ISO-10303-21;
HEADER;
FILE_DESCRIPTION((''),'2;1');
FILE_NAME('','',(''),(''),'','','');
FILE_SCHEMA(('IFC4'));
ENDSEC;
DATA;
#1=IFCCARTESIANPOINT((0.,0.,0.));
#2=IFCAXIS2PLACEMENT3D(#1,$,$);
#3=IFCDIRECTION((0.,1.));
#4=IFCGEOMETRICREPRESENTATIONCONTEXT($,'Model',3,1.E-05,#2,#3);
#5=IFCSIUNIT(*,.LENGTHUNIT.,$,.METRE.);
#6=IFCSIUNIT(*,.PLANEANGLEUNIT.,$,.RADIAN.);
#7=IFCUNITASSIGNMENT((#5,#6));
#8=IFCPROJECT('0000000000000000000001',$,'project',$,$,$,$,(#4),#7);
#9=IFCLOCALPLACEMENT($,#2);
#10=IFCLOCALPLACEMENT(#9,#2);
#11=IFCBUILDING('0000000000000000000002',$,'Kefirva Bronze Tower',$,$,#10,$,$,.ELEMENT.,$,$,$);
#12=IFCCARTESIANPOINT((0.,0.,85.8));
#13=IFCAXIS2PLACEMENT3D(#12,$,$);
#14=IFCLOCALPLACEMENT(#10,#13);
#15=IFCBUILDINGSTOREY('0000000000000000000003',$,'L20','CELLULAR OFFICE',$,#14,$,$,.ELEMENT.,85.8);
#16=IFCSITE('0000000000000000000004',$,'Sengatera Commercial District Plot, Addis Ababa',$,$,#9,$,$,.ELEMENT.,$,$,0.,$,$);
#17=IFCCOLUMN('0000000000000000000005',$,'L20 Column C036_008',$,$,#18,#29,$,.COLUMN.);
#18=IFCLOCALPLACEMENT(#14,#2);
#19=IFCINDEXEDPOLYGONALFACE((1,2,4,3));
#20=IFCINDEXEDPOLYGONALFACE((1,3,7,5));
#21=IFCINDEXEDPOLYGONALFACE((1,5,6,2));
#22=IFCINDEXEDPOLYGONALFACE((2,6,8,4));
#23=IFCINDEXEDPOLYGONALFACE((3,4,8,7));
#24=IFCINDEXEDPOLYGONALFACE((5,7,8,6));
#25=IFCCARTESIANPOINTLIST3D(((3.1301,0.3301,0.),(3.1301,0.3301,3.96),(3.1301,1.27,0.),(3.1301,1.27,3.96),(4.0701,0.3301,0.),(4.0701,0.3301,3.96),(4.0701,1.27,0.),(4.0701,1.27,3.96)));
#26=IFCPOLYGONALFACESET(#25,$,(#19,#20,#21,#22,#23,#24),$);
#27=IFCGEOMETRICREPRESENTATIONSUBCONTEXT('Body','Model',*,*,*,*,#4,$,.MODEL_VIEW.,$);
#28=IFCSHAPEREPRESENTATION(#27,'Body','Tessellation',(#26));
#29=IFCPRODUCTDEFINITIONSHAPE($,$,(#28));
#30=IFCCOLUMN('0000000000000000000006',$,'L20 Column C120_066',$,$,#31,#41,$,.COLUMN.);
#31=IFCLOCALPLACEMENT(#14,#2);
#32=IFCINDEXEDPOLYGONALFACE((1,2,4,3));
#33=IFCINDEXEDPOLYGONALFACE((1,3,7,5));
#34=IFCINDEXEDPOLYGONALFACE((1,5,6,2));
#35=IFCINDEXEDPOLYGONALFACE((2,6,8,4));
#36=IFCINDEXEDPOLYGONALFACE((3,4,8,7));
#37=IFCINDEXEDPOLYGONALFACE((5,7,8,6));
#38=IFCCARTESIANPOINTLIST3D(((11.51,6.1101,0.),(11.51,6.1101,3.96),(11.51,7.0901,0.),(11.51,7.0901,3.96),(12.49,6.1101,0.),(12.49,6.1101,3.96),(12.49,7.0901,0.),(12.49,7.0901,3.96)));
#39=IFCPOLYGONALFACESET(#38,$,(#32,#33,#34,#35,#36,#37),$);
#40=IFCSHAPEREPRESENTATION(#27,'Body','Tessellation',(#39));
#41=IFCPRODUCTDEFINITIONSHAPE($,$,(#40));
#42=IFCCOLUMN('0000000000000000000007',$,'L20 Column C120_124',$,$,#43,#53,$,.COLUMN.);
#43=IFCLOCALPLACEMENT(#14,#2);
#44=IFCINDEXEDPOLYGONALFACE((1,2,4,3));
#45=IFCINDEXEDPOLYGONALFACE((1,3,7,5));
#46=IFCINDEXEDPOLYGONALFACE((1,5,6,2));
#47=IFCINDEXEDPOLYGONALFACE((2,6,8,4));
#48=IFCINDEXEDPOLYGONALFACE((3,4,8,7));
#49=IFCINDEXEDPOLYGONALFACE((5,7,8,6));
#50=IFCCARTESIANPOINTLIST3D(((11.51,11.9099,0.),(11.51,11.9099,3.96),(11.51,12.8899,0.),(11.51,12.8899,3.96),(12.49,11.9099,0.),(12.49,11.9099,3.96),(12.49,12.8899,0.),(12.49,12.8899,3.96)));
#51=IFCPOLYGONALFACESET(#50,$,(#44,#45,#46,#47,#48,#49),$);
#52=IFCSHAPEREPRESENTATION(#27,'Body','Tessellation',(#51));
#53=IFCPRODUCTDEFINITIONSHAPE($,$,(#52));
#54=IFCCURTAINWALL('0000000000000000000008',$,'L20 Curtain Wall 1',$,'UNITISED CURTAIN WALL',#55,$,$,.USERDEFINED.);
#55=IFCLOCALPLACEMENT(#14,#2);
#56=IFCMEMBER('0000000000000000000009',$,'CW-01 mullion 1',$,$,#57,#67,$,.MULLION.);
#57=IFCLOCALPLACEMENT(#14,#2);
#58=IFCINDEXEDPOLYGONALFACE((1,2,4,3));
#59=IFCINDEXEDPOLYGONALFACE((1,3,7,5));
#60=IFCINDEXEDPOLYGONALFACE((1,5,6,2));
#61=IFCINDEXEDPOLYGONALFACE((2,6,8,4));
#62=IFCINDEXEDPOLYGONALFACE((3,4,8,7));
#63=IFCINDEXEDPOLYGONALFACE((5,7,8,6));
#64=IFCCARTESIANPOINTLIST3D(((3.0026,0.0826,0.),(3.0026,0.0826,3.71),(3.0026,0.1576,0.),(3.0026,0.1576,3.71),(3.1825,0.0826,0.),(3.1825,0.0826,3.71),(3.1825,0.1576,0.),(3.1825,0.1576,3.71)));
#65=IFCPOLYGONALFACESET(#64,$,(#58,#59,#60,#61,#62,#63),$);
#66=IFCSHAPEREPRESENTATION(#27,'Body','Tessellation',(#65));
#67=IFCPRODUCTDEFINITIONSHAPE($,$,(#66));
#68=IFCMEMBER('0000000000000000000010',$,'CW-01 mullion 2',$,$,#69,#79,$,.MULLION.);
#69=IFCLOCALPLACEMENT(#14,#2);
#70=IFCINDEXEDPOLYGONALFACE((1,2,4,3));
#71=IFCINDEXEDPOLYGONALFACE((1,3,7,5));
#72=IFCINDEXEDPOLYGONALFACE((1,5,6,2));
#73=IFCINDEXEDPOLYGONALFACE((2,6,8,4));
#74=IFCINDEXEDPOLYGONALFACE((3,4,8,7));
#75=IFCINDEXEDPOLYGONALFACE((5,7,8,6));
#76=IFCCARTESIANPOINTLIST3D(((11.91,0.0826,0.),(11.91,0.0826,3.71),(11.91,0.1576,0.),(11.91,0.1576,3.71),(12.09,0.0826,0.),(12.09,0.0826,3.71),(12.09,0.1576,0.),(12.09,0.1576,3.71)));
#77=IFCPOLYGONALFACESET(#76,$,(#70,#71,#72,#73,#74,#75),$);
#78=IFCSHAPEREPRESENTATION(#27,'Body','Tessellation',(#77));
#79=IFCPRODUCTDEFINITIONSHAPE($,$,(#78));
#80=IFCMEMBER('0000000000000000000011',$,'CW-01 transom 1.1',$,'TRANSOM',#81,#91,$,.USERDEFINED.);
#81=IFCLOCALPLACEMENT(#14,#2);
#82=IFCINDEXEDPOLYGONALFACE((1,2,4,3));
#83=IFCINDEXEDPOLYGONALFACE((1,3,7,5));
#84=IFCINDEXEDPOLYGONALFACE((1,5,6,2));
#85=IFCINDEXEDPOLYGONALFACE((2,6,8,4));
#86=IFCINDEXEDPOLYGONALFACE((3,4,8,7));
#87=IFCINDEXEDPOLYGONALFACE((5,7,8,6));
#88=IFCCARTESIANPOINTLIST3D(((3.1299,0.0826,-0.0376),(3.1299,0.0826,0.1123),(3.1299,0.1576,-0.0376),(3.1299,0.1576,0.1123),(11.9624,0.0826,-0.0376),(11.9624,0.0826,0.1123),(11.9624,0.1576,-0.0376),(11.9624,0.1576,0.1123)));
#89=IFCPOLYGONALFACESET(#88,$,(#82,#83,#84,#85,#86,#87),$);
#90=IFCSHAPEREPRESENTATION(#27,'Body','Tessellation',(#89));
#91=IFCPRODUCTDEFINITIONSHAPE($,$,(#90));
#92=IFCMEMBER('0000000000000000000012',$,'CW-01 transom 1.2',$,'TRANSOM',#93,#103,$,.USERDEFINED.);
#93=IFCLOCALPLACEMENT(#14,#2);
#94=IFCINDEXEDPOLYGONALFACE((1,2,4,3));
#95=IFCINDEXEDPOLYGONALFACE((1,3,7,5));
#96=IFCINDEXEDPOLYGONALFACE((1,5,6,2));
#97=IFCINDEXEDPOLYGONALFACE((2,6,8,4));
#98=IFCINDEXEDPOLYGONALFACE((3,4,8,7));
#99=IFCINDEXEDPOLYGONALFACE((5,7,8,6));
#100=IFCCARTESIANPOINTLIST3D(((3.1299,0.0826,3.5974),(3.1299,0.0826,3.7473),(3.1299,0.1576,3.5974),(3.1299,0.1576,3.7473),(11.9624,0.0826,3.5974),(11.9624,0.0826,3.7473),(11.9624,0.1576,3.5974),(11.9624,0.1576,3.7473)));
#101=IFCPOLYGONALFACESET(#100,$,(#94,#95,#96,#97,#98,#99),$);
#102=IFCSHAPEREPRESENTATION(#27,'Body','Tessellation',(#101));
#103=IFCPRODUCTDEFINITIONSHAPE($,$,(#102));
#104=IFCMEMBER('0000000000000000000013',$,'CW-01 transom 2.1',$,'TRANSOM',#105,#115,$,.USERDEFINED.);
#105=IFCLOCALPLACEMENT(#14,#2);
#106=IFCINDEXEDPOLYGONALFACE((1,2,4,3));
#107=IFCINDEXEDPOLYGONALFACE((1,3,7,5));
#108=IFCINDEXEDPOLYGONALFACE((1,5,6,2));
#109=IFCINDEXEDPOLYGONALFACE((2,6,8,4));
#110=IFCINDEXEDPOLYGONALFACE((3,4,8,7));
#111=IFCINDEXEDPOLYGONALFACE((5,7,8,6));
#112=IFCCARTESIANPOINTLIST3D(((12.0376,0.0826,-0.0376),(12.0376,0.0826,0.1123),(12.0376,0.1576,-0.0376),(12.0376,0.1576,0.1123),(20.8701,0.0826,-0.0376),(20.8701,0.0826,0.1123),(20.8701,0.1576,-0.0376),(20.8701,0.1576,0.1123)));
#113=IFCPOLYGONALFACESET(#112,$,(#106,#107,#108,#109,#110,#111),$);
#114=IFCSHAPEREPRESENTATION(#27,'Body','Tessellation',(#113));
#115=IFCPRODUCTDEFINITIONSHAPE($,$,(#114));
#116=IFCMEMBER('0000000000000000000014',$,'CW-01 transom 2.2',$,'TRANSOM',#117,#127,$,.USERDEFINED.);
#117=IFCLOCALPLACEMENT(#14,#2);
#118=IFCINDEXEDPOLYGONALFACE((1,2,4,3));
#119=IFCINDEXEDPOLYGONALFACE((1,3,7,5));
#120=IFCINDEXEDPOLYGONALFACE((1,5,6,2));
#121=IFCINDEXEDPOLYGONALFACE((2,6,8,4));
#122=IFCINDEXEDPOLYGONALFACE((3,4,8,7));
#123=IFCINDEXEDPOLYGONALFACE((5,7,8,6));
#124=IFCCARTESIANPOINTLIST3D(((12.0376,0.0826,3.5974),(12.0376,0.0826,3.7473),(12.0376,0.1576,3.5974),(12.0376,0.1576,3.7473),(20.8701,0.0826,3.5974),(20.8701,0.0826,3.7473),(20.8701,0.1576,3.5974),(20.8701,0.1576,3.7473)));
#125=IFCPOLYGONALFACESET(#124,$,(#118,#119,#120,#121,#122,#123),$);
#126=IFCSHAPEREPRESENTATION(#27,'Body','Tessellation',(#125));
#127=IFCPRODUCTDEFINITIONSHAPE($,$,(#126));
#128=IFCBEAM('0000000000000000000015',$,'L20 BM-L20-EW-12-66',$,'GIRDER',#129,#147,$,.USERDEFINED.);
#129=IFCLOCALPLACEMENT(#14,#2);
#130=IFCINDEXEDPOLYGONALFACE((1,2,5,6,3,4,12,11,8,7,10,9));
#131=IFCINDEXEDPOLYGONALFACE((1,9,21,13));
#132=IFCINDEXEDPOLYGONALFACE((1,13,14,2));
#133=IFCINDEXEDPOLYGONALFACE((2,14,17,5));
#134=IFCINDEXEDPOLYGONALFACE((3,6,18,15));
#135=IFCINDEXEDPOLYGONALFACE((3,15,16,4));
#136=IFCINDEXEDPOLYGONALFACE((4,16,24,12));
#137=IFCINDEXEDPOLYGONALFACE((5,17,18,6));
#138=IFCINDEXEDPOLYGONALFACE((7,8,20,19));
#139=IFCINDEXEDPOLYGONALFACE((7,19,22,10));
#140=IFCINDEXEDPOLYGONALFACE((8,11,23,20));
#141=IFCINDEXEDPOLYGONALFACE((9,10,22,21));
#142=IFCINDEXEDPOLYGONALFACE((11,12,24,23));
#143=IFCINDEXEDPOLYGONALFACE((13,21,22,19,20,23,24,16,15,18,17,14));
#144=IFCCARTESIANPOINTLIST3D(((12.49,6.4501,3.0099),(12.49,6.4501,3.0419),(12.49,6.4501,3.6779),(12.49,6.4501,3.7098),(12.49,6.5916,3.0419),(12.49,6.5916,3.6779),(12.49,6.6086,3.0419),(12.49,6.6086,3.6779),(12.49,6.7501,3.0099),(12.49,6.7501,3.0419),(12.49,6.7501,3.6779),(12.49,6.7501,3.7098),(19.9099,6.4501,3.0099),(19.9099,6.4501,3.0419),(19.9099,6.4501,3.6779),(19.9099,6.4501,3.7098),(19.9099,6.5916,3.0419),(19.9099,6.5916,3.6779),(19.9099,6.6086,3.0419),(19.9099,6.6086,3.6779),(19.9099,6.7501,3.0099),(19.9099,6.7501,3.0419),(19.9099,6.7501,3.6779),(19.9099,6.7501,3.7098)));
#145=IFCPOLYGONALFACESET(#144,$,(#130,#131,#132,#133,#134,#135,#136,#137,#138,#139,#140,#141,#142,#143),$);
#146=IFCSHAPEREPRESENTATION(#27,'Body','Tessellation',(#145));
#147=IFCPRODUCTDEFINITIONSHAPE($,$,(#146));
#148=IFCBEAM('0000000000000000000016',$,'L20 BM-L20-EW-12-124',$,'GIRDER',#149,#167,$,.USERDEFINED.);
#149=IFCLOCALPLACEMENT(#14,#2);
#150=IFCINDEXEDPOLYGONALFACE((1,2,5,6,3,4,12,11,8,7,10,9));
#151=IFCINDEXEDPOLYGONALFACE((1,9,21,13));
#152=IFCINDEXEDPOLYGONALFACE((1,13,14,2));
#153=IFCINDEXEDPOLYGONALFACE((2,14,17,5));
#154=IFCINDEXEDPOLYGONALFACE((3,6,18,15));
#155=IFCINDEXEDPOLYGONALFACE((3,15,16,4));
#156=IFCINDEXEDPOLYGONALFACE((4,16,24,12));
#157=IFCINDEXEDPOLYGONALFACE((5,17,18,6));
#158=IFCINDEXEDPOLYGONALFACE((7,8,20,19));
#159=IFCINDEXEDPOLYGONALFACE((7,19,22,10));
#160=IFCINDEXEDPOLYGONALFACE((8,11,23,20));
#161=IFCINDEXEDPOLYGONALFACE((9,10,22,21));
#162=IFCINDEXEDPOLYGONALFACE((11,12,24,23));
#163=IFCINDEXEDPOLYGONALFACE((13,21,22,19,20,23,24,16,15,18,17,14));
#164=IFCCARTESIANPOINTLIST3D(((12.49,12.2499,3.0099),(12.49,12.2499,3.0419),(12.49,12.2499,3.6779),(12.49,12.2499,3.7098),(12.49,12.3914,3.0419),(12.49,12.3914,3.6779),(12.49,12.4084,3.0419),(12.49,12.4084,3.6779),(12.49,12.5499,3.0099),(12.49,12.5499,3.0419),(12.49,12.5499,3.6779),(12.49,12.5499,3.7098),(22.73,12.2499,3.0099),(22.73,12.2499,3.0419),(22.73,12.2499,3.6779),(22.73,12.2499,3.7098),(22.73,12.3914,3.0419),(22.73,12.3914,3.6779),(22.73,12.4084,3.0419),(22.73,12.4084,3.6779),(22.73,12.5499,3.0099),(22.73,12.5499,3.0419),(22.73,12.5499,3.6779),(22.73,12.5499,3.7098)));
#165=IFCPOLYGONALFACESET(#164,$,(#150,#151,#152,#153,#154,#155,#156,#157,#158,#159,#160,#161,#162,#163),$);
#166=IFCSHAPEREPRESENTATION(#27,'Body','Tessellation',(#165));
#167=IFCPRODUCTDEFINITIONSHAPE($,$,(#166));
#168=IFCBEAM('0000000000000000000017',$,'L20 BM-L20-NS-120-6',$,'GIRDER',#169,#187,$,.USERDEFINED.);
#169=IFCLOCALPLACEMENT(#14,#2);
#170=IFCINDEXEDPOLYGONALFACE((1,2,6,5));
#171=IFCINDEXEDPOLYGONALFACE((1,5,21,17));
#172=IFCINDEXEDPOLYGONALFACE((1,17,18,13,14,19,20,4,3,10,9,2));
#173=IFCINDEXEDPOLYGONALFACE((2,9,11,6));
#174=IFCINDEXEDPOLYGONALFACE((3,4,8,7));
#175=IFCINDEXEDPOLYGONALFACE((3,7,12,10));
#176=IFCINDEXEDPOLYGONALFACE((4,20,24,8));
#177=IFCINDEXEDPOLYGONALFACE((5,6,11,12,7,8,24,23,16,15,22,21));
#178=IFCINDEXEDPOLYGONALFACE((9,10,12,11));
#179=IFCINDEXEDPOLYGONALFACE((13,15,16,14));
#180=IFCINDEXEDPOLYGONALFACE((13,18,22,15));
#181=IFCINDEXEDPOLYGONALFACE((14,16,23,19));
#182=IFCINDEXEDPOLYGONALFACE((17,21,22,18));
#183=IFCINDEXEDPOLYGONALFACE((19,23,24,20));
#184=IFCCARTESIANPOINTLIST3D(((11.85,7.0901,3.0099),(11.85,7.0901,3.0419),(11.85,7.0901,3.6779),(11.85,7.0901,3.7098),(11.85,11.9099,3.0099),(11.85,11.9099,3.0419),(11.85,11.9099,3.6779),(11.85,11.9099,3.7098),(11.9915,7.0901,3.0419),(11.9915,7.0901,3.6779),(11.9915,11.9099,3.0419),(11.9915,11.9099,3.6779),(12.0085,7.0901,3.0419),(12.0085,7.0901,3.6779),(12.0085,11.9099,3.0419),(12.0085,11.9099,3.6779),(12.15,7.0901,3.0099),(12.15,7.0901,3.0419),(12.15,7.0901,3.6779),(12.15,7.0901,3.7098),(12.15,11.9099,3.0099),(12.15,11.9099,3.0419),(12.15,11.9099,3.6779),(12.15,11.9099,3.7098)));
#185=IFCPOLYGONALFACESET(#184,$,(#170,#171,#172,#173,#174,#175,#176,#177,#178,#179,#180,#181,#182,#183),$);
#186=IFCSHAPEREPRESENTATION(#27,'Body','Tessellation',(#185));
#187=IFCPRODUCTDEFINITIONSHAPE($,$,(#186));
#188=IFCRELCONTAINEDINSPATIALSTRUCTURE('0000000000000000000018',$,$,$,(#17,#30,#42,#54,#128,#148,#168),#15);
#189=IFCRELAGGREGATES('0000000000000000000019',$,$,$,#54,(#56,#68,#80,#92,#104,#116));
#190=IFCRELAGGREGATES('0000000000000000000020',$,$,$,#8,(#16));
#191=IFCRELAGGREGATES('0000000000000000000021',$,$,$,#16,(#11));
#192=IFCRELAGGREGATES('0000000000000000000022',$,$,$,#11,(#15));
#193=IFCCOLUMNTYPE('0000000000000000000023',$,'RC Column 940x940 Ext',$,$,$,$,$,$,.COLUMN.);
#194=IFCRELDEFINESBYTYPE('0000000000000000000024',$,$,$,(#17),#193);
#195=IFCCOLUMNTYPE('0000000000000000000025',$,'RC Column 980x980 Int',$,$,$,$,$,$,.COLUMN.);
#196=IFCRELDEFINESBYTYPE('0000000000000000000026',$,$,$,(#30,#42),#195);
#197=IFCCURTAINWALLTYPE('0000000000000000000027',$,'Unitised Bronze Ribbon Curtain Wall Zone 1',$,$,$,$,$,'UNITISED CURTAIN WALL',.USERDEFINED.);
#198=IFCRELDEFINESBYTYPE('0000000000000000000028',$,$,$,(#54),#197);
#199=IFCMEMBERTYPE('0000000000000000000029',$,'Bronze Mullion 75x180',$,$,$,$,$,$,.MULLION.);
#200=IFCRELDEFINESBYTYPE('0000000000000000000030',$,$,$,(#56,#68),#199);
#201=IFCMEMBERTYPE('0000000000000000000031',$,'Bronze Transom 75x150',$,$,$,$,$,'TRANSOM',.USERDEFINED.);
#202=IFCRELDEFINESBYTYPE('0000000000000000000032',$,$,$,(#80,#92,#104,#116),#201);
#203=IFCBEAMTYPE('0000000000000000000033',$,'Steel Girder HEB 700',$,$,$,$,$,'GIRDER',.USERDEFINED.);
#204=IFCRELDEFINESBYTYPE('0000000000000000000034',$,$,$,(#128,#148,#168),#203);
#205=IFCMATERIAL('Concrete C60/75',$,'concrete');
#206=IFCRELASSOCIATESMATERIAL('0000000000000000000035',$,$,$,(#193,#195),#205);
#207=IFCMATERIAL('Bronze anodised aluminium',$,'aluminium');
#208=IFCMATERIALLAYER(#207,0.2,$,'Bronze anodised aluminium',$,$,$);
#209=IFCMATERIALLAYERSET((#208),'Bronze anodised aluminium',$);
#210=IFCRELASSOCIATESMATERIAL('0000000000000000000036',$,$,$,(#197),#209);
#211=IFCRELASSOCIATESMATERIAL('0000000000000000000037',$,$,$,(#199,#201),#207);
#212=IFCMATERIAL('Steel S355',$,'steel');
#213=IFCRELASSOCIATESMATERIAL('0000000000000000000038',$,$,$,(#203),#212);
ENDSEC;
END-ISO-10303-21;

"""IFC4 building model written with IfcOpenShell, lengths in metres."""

from ifc_helpers import new_model, si_unit, direction, frame, origin, origin_2d, place, context, subcontext, project, spatial, rectangle, i_section, extrude, material, layer, layer_set, material_profile, profile_set, type_object, element, aggregate, save


model = new_model("IFC4")

# Units and contexts
model_context = context("Model", 3, precision=1e-05, world=origin(), true_north=direction((0.0, 1.0)))
body_context = subcontext(model_context, "Body", "Model", "MODEL_VIEW")
ifc_project = project(units=[si_unit("LENGTHUNIT", "METRE"), si_unit("PLANEANGLEUNIT", "RADIAN")], contexts=[model_context])

# Site, building, storey
site_placement = place(None, origin())
site = spatial("IfcSite", under=ifc_project, at=site_placement, Name="Sengatera Commercial District Plot, Addis Ababa", CompositionType="ELEMENT", RefElevation=0.0)
building_placement = place(site_placement, origin())
building = spatial("IfcBuilding", under=site, at=building_placement, Name="Kefirva Bronze Tower", CompositionType="ELEMENT")
storey_placement = place(building_placement, frame((0.0, 0.0, 85.8)))
storey = spatial("IfcBuildingStorey", under=building, at=storey_placement, Name="L20", Description="CELLULAR OFFICE", CompositionType="ELEMENT", Elevation=85.8)

# Columns
ifc_material_1 = material(Name="Concrete C60/75", Category="concrete")
ifc_material_profile_1 = material_profile(ifc_material_1, rectangle(XDim=0.9399, YDim=0.9399, at=origin_2d()), Name="RC 940x940")
ifc_profile_set_1 = profile_set([ifc_material_profile_1], Name="Concrete C60/75")
column_type_1 = type_object("IfcColumnType", Name="RC Column 940x940 Ext", PredefinedType="COLUMN", material=ifc_profile_set_1)
column_placement = place(storey_placement, frame((3.6001, 0.8, 0.0), z_axis=(0.0, 0.0, 1.0), x_axis=(1.0, 0.0, 0.0)))
element("IfcColumn", 1, at=column_placement, inside=storey, type_object=column_type_1, Name="L20 Column C036_008", PredefinedType="COLUMN", context=body_context, shape_type="SweptSolid", body=[
    extrude(rectangle(XDim=0.9399, YDim=0.9399, at=origin_2d()), origin(), (0.0, 0.0, 1.0), 3.96),
])
ifc_material_profile_2 = material_profile(ifc_material_1, rectangle(XDim=0.98, YDim=0.98, at=origin_2d()), Name="RC 980x980")
ifc_profile_set_2 = profile_set([ifc_material_profile_2], Name="Concrete C60/75")
column_type_2 = type_object("IfcColumnType", Name="RC Column 980x980 Int", PredefinedType="COLUMN", material=ifc_profile_set_2)
for number, where, z_axis, x_axis, name in (
    (2, (12.0, 6.6001, 0.0), (0.0, 0.0, 1.0), (1.0, 0.0, 0.0), "L20 Column C120_066"),
    (3, (12.0, 12.3999, 0.0), (0.0, 0.0, 1.0), (1.0, 0.0, 0.0), "L20 Column C120_124"),
):
    element("IfcColumn", number, at=place(storey_placement, frame(where, z_axis=z_axis, x_axis=x_axis)), inside=storey, type_object=column_type_2, Name=name, PredefinedType="COLUMN", context=body_context, shape_type="SweptSolid", body=[
        extrude(rectangle(XDim=0.98, YDim=0.98, at=origin_2d()), origin(), (0.0, 0.0, 1.0), 3.96),
    ])

# Curtain wall, members
ifc_material_2 = material(Name="Bronze anodised aluminium", Category="aluminium")
ifc_layer_1 = layer(ifc_material_2, 0.2, Name="Bronze anodised aluminium")
ifc_layer_set_1 = layer_set([ifc_layer_1], Name="Bronze anodised aluminium")
curtain_wall_type = type_object("IfcCurtainWallType", Name="Unitised Bronze Ribbon Curtain Wall Zone 1", ElementType="UNITISED CURTAIN WALL", PredefinedType="USERDEFINED", material=ifc_layer_set_1)
curtain_wall_placement = place(storey_placement, origin())
curtain_wall = element("IfcCurtainWall", 4, at=curtain_wall_placement, inside=storey, type_object=curtain_wall_type, Name="L20 Curtain Wall 1", ObjectType="UNITISED CURTAIN WALL", PredefinedType="USERDEFINED")
ifc_material_profile_3 = material_profile(ifc_material_2, rectangle(XDim=0.075, YDim=0.1799, at=origin_2d()), Name="ALU 75x180")
ifc_profile_set_3 = profile_set([ifc_material_profile_3], Name="Bronze anodised aluminium")
member_type_1 = type_object("IfcMemberType", Name="Bronze Mullion 75x180", PredefinedType="MULLION", material=ifc_profile_set_3)
member_1_placement = place(storey_placement, frame((3.0925, 0.1201, 0.0), z_axis=(0.0, 0.0, 1.0), x_axis=(0.0, 1.0, 0.0)))
member_1 = element("IfcMember", 5, at=member_1_placement, type_object=member_type_1, Name="CW-01 mullion 1", PredefinedType="MULLION", context=body_context, shape_type="SweptSolid", body=[
    extrude(rectangle(XDim=0.075, YDim=0.1799, at=origin_2d()), origin(), (0.0, 0.0, 1.0), 3.71),
])
member_2_placement = place(storey_placement, frame((12.0, 0.1201, 0.0), z_axis=(0.0, 0.0, 1.0), x_axis=(0.0, 1.0, 0.0)))
member_2 = element("IfcMember", 6, at=member_2_placement, type_object=member_type_1, Name="CW-01 mullion 2", PredefinedType="MULLION", context=body_context, shape_type="SweptSolid", body=[
    extrude(rectangle(XDim=0.075, YDim=0.1799, at=origin_2d()), origin(), (0.0, 0.0, 1.0), 3.71),
])
ifc_material_profile_4 = material_profile(ifc_material_2, rectangle(XDim=0.075, YDim=0.1499, at=origin_2d()), Name="ALU 75x150")
ifc_profile_set_4 = profile_set([ifc_material_profile_4], Name="Bronze anodised aluminium")
member_type_2 = type_object("IfcMemberType", Name="Bronze Transom 75x150", ElementType="TRANSOM", PredefinedType="USERDEFINED", material=ifc_profile_set_4)
member_3_placement = place(storey_placement, frame((3.1299, 0.1201, 0.0374), z_axis=(1.0, 0.0, 0.0), x_axis=(0.0, 1.0, 0.0)))
member_3 = element("IfcMember", 7, at=member_3_placement, type_object=member_type_2, Name="CW-01 transom 1.1", ObjectType="TRANSOM", PredefinedType="USERDEFINED", context=body_context, shape_type="SweptSolid", body=[
    extrude(rectangle(XDim=0.075, YDim=0.1499, at=origin_2d()), origin(), (0.0, 0.0, 1.0), 8.8325),
])
member_4_placement = place(storey_placement, frame((3.1299, 0.1201, 3.6724), z_axis=(1.0, 0.0, 0.0), x_axis=(0.0, 1.0, 0.0)))
member_4 = element("IfcMember", 8, at=member_4_placement, type_object=member_type_2, Name="CW-01 transom 1.2", ObjectType="TRANSOM", PredefinedType="USERDEFINED", context=body_context, shape_type="SweptSolid", body=[
    extrude(rectangle(XDim=0.075, YDim=0.1499, at=origin_2d()), origin(), (0.0, 0.0, 1.0), 8.8325),
])
member_5_placement = place(storey_placement, frame((12.0376, 0.1201, 0.0374), z_axis=(1.0, 0.0, 0.0), x_axis=(0.0, 1.0, 0.0)))
member_5 = element("IfcMember", 9, at=member_5_placement, type_object=member_type_2, Name="CW-01 transom 2.1", ObjectType="TRANSOM", PredefinedType="USERDEFINED", context=body_context, shape_type="SweptSolid", body=[
    extrude(rectangle(XDim=0.075, YDim=0.1499, at=origin_2d()), origin(), (0.0, 0.0, 1.0), 8.8325),
])
member_6_placement = place(storey_placement, frame((12.0376, 0.1201, 3.6724), z_axis=(1.0, 0.0, 0.0), x_axis=(0.0, 1.0, 0.0)))
member_6 = element("IfcMember", 10, at=member_6_placement, type_object=member_type_2, Name="CW-01 transom 2.2", ObjectType="TRANSOM", PredefinedType="USERDEFINED", context=body_context, shape_type="SweptSolid", body=[
    extrude(rectangle(XDim=0.075, YDim=0.1499, at=origin_2d()), origin(), (0.0, 0.0, 1.0), 8.8325),
])

# Beams
ifc_material_3 = material(Name="Steel S355", Category="steel")
ifc_material_profile_5 = material_profile(ifc_material_3, i_section(OverallWidth=0.3, OverallDepth=0.7, WebThickness=0.0171, FlangeThickness=0.032, at=origin_2d()), Name="HEB 700")
ifc_profile_set_5 = profile_set([ifc_material_profile_5], Name="Steel S355")
beam_type_1 = type_object("IfcBeamType", Name="Steel Girder HEB 700", ElementType="GIRDER", PredefinedType="USERDEFINED", material=ifc_profile_set_5)
beam_1_placement = place(storey_placement, frame((12.49, 6.6001, 3.3599), z_axis=(1.0, 0.0, 0.0), x_axis=(0.0, 1.0, 0.0)))
element("IfcBeam", 11, at=beam_1_placement, inside=storey, type_object=beam_type_1, Name="L20 BM-L20-EW-12-66", ObjectType="GIRDER", PredefinedType="USERDEFINED", context=body_context, shape_type="SweptSolid", body=[
    extrude(i_section(OverallWidth=0.3, OverallDepth=0.7, WebThickness=0.0171, FlangeThickness=0.032, at=origin_2d()), origin(), (0.0, 0.0, 1.0), 7.4199),
])
beam_2_placement = place(storey_placement, frame((12.49, 12.3999, 3.3599), z_axis=(1.0, 0.0, 0.0), x_axis=(0.0, 1.0, 0.0)))
element("IfcBeam", 12, at=beam_2_placement, inside=storey, type_object=beam_type_1, Name="L20 BM-L20-EW-12-124", ObjectType="GIRDER", PredefinedType="USERDEFINED", context=body_context, shape_type="SweptSolid", body=[
    extrude(i_section(OverallWidth=0.3, OverallDepth=0.7, WebThickness=0.0171, FlangeThickness=0.032, at=origin_2d()), origin(), (0.0, 0.0, 1.0), 10.24),
])
beam_3_placement = place(storey_placement, frame((12.0, 7.0901, 3.3599), z_axis=(0.0, 1.0, 0.0), x_axis=(-1.0, 0.0, 0.0)))
element("IfcBeam", 13, at=beam_3_placement, inside=storey, type_object=beam_type_1, Name="L20 BM-L20-NS-120-6", ObjectType="GIRDER", PredefinedType="USERDEFINED", context=body_context, shape_type="SweptSolid", body=[
    extrude(i_section(OverallWidth=0.3, OverallDepth=0.7, WebThickness=0.0171, FlangeThickness=0.032, at=origin_2d()), origin(), (0.0, 0.0, 1.0), 4.8198),
])

aggregate(curtain_wall, [member_1, member_2, member_3, member_4, member_5, member_6])

save(model, "model.ifc")
